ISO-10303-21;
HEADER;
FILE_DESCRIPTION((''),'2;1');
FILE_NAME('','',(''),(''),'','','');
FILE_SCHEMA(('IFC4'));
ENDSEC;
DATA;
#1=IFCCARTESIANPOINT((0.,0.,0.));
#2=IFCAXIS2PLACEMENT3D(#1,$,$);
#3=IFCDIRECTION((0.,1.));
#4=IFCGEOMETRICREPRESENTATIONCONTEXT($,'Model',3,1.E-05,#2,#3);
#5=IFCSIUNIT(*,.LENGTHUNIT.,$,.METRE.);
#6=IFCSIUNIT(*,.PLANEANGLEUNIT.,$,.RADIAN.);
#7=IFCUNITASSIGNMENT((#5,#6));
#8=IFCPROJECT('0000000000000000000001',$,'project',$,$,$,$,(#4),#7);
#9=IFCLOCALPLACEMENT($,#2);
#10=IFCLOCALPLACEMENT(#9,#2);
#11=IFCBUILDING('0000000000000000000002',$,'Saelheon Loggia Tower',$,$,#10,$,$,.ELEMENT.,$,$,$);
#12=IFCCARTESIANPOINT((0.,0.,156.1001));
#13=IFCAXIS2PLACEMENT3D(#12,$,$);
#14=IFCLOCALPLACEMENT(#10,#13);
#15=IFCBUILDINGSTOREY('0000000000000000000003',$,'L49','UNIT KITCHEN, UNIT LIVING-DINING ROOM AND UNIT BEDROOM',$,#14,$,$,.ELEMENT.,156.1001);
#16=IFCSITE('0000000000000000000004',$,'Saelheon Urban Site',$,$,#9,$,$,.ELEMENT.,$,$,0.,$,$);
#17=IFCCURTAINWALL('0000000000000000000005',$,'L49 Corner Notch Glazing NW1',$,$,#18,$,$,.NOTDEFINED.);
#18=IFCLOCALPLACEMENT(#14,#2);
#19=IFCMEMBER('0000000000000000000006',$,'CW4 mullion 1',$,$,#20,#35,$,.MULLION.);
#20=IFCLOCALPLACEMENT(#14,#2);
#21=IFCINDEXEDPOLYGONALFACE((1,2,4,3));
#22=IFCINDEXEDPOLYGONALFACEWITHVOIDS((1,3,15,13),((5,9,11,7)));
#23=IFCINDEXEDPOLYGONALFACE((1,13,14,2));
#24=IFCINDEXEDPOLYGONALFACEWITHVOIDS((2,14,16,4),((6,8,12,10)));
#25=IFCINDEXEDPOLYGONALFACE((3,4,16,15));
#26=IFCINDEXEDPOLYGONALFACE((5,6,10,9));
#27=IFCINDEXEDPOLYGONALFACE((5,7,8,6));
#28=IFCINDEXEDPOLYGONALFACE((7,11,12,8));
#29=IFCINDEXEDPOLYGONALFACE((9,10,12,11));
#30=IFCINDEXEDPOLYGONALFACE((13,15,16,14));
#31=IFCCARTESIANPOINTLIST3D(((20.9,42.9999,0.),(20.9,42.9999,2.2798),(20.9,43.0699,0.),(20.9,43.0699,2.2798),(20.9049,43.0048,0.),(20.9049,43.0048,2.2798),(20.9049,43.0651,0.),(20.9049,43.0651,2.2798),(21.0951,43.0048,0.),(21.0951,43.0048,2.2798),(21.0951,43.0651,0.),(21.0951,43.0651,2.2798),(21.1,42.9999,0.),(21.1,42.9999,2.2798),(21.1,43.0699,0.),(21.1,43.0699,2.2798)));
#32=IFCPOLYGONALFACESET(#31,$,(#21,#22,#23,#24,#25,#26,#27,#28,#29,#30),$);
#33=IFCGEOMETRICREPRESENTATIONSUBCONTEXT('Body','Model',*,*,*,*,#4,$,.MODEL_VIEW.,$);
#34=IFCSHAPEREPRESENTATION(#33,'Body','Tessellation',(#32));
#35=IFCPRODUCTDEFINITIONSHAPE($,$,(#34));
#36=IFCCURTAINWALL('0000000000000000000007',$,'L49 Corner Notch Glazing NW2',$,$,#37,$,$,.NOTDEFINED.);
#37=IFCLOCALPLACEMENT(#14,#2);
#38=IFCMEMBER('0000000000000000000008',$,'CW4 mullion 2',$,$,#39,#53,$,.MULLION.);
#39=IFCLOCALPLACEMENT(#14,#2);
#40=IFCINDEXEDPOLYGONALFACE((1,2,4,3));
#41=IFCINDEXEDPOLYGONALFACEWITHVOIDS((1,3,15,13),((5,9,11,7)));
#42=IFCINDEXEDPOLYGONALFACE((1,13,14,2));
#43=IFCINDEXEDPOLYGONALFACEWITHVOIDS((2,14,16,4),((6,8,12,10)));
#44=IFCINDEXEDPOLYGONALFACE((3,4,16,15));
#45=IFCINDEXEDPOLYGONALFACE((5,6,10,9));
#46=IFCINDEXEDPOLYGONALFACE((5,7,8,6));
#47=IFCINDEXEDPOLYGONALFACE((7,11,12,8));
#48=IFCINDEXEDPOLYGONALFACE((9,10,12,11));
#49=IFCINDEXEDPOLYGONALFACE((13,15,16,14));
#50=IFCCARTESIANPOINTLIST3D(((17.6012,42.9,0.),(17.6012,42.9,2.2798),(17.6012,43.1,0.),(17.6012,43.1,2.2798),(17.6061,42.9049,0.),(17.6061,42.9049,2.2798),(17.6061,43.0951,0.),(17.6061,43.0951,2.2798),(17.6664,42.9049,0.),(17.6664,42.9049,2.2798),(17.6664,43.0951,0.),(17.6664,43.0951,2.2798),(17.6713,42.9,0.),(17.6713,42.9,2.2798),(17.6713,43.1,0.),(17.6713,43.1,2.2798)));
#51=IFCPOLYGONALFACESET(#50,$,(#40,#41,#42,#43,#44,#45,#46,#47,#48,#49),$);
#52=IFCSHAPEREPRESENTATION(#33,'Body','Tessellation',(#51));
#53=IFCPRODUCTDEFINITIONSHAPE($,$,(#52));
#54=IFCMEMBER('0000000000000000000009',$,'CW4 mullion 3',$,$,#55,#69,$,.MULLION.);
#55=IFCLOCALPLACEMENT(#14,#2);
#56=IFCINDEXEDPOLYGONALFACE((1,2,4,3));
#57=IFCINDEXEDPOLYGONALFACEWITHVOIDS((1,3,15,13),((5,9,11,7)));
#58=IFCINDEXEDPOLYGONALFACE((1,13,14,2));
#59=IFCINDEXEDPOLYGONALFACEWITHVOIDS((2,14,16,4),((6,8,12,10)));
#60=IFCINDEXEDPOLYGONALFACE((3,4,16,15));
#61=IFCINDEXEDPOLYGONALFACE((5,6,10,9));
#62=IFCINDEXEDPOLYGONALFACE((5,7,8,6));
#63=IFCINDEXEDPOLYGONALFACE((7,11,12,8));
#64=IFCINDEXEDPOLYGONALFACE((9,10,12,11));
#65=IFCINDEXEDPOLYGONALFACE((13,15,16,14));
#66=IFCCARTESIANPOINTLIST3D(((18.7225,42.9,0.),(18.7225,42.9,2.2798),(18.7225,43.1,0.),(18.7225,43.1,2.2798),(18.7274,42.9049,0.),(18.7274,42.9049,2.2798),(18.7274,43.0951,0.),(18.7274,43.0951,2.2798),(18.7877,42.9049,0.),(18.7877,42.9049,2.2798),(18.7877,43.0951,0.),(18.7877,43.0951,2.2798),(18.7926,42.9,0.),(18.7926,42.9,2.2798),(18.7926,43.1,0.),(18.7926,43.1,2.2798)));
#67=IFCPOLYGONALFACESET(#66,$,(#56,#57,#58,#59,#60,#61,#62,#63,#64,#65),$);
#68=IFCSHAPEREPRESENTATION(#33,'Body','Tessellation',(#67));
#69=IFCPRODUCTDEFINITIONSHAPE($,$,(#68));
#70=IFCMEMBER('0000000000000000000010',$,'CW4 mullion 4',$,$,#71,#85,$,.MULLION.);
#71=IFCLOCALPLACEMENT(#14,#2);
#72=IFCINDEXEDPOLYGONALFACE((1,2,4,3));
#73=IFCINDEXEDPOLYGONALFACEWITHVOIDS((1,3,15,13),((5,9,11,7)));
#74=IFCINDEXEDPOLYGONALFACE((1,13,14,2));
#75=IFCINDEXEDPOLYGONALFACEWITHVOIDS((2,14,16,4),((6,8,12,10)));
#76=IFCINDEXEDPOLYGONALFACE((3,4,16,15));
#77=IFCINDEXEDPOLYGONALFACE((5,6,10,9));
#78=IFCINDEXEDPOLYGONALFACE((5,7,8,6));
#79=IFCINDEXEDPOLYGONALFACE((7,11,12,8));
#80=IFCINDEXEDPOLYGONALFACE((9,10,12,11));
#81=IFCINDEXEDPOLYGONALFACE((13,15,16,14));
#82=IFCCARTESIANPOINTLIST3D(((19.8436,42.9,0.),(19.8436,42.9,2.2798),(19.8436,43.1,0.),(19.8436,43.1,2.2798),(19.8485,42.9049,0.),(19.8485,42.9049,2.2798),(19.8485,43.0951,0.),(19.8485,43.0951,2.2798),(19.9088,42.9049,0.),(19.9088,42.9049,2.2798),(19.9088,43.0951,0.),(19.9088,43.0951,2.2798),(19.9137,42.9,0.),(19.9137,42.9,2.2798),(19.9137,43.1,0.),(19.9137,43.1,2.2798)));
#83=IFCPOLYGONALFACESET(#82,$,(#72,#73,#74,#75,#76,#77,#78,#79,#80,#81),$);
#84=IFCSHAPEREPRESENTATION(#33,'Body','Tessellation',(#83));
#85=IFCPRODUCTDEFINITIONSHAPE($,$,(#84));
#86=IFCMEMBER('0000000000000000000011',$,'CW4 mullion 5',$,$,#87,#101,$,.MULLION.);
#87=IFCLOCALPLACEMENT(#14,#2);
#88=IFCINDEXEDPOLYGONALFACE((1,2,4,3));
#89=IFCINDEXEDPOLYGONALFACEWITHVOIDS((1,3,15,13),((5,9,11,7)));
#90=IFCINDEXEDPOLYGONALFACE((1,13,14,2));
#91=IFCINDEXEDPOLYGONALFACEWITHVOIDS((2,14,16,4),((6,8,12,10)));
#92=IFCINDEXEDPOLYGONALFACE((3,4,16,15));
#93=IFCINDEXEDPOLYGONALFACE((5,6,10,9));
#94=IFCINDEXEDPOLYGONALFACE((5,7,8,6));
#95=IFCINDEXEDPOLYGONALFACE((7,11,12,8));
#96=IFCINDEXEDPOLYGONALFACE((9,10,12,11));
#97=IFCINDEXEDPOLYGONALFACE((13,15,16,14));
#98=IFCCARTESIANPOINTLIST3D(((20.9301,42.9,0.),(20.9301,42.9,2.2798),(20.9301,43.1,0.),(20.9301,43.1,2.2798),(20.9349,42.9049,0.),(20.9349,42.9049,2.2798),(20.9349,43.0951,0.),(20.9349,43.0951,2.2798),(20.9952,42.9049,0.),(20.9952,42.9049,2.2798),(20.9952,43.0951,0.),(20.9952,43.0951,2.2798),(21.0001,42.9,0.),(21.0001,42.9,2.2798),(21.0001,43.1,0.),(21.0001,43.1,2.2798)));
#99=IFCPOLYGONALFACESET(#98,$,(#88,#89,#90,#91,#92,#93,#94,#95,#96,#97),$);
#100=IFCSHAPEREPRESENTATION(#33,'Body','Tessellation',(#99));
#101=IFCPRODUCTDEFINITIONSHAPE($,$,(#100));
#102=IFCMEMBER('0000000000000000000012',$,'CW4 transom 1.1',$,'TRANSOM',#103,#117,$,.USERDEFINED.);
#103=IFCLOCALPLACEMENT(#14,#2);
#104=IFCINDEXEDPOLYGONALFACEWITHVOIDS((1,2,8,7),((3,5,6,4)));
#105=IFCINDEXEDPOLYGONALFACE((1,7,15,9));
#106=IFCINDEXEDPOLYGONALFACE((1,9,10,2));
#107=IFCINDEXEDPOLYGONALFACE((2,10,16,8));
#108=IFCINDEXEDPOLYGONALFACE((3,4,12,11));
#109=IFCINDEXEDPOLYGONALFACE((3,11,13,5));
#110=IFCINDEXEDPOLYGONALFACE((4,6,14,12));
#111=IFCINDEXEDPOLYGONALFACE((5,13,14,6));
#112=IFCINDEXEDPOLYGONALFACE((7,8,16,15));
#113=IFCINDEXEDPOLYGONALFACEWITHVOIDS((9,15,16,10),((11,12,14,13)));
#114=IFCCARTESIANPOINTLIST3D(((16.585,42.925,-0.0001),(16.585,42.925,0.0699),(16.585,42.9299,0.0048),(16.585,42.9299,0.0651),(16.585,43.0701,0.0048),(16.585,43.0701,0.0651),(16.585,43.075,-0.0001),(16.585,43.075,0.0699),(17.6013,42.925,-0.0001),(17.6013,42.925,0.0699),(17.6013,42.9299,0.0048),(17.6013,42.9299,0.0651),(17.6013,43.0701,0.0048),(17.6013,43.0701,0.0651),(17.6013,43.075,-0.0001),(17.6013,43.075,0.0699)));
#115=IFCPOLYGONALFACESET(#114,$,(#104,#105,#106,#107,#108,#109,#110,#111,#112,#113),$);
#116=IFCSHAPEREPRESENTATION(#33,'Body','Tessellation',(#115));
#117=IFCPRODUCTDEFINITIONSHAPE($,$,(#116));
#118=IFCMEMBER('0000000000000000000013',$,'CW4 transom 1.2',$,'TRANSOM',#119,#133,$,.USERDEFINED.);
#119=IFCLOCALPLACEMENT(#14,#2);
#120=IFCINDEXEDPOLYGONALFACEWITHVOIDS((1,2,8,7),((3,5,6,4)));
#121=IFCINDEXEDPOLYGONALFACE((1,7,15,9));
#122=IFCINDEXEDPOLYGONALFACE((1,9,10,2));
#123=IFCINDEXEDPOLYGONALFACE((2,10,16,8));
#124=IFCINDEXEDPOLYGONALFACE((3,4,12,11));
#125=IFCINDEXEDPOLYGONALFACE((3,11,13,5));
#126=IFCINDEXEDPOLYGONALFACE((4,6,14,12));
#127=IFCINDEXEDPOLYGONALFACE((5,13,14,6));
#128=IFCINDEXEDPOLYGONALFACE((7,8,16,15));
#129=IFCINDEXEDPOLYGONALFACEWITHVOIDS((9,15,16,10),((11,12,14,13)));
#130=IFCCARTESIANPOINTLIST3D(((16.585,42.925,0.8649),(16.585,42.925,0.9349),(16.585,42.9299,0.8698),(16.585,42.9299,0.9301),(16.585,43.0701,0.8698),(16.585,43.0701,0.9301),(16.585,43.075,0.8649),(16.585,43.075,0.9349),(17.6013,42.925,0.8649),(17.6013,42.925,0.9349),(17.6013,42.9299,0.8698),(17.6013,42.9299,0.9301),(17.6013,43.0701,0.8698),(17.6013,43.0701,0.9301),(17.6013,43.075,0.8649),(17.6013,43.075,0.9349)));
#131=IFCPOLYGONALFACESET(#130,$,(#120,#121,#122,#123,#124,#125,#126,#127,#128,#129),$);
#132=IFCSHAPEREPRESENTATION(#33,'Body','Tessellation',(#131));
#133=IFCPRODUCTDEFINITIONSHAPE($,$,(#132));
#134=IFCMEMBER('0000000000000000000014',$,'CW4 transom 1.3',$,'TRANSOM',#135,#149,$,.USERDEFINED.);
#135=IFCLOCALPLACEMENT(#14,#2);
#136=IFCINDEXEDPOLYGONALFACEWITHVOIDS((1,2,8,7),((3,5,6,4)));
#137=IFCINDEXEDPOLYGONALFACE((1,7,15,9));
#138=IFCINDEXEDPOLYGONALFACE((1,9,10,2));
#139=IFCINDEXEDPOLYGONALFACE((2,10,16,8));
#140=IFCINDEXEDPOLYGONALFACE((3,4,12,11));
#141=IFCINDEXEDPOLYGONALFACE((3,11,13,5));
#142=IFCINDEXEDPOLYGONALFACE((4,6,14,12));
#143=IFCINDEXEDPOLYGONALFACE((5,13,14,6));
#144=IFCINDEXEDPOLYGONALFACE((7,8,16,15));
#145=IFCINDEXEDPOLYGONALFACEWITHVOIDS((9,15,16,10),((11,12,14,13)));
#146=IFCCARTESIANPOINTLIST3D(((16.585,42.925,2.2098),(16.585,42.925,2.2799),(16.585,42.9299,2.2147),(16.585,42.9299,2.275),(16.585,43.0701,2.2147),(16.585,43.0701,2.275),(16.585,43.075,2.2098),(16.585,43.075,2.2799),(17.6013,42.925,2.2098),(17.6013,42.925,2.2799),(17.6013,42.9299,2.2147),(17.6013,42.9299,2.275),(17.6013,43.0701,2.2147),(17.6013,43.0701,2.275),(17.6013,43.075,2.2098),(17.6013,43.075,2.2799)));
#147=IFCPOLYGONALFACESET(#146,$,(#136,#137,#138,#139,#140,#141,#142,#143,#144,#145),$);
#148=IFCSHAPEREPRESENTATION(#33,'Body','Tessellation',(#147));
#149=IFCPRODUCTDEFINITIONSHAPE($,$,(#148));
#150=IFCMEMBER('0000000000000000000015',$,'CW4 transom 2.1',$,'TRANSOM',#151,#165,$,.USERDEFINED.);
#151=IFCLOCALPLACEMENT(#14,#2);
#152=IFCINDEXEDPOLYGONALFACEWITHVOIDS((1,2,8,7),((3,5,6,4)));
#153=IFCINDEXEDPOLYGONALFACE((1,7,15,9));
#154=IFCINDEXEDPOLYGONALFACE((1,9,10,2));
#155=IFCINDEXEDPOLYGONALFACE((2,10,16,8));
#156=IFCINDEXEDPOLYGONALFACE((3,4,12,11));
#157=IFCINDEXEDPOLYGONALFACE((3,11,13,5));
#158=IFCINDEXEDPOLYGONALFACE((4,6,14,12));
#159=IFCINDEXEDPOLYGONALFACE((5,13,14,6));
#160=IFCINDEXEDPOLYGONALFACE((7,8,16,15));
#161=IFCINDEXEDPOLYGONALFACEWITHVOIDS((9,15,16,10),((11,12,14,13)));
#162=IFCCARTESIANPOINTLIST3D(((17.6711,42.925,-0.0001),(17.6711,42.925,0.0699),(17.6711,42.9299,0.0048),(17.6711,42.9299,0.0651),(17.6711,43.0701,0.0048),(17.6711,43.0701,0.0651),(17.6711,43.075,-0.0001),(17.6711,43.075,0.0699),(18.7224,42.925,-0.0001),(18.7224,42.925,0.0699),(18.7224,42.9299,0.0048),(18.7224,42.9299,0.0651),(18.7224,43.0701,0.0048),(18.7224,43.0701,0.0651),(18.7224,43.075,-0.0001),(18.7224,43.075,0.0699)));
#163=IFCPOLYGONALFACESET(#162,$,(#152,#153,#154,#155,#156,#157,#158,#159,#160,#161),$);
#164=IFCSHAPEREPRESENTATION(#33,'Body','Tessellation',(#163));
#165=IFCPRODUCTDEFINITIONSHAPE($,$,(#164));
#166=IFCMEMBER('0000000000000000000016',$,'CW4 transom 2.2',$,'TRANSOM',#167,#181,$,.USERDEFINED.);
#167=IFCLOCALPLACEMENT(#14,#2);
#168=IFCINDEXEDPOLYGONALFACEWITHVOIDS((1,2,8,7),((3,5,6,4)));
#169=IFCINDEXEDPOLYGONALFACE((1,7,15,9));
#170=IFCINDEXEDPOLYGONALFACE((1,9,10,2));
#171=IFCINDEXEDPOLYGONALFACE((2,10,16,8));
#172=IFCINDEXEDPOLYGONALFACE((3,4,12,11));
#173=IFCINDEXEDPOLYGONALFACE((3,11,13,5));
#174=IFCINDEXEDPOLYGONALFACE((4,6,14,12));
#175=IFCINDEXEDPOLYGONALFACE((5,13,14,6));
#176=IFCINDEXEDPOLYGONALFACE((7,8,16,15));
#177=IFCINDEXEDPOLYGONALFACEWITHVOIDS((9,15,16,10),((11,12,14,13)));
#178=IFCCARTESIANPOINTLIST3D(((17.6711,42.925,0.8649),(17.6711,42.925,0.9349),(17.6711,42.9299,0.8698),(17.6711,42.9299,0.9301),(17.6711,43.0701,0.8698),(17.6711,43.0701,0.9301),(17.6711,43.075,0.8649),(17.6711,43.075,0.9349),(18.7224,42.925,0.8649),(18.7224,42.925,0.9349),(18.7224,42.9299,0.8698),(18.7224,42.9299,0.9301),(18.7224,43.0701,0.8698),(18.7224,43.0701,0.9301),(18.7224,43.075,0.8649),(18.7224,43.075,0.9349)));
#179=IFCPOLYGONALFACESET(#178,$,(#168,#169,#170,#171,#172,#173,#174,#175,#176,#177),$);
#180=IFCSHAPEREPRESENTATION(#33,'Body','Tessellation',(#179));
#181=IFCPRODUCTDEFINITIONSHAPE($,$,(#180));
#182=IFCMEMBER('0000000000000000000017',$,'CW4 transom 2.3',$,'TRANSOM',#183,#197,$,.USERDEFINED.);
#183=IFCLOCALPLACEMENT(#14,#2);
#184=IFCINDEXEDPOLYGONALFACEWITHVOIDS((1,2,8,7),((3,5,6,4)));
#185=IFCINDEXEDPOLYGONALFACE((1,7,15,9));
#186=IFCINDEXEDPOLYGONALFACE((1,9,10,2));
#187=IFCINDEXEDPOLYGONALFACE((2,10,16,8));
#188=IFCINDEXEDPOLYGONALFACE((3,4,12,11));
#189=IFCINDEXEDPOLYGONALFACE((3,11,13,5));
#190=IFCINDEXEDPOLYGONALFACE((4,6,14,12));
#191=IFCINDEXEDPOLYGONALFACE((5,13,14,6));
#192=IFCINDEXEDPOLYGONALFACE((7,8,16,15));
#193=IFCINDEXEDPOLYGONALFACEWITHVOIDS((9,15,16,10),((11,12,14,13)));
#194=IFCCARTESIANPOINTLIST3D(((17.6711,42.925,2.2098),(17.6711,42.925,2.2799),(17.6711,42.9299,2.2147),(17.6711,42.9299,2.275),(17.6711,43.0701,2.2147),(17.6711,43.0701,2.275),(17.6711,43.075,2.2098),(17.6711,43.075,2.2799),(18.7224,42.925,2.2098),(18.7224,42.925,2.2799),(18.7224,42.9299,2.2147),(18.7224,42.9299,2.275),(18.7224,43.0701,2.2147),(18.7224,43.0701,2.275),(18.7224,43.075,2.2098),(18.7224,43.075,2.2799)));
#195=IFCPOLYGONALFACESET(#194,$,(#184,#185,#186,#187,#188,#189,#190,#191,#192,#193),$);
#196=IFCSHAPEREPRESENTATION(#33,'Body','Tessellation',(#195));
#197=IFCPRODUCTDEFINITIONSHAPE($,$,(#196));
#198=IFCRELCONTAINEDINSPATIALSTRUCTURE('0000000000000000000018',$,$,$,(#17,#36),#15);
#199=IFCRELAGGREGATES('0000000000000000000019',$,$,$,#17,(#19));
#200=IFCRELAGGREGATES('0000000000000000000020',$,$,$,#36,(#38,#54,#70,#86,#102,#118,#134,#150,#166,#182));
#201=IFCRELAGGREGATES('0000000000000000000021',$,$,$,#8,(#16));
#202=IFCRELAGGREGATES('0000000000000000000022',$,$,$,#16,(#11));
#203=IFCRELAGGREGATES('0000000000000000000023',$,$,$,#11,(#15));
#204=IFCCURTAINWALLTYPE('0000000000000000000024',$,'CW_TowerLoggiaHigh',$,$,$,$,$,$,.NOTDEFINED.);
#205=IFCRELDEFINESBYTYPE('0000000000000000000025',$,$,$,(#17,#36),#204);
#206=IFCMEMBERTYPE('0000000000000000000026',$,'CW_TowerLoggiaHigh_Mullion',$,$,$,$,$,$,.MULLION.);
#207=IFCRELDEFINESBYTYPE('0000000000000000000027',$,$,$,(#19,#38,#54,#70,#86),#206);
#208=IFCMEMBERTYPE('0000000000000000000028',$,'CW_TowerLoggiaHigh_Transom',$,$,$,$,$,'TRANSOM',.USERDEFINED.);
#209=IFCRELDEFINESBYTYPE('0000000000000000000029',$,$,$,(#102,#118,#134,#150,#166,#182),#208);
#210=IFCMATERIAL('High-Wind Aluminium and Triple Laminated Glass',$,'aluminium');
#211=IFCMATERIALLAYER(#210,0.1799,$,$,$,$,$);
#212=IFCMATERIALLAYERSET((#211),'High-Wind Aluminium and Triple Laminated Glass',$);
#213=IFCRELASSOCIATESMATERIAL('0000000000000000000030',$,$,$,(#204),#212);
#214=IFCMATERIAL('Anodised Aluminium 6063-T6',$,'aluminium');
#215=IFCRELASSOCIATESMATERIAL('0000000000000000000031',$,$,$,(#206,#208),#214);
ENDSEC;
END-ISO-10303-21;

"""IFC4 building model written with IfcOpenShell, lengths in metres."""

from ifc_helpers import new_model, si_unit, direction, frame, origin, origin_2d, place, context, subcontext, project, spatial, hollow_rectangle, extrude, source, transform, mapped, material, layer, layer_set, material_profile, profile_set, type_object, element, aggregate, save


model = new_model("IFC4")

# Units and contexts
model_context = context("Model", 3, precision=1e-05, world=origin(), true_north=direction((0.0, 1.0)))
body_context = subcontext(model_context, "Body", "Model", "MODEL_VIEW")
ifc_project = project(units=[si_unit("LENGTHUNIT", "METRE"), si_unit("PLANEANGLEUNIT", "RADIAN")], contexts=[model_context])

# Site, building, storey
site_placement = place(None, origin())
site = spatial("IfcSite", under=ifc_project, at=site_placement, Name="Saelheon Urban Site", CompositionType="ELEMENT", RefElevation=0.0)
building_placement = place(site_placement, origin())
building = spatial("IfcBuilding", under=site, at=building_placement, Name="Saelheon Loggia Tower", CompositionType="ELEMENT")
storey_placement = place(building_placement, frame((0.0, 0.0, 156.1001)))
storey = spatial("IfcBuildingStorey", under=building, at=storey_placement, Name="L49", Description="UNIT KITCHEN, UNIT LIVING-DINING ROOM AND UNIT BEDROOM", CompositionType="ELEMENT", Elevation=156.1001)

# Curtain wall, member
ifc_material_1 = material(Name="High-Wind Aluminium and Triple Laminated Glass", Category="aluminium")
ifc_layer_1 = layer(ifc_material_1, 0.1799)
ifc_layer_set_1 = layer_set([ifc_layer_1], Name="High-Wind Aluminium and Triple Laminated Glass")
curtain_wall_type = type_object("IfcCurtainWallType", Name="CW_TowerLoggiaHigh", PredefinedType="NOTDEFINED", material=ifc_layer_set_1)
curtain_wall_1_placement = place(storey_placement, origin())
curtain_wall_1 = element("IfcCurtainWall", 1, at=curtain_wall_1_placement, inside=storey, type_object=curtain_wall_type, Name="L49 Corner Notch Glazing NW1", PredefinedType="NOTDEFINED")
ifc_material_2 = material(Name="Anodised Aluminium 6063-T6", Category="aluminium")
ifc_material_profile_1 = material_profile(ifc_material_2, hollow_rectangle(XDim=0.0701, YDim=0.2, WallThickness=0.0049, at=origin_2d()), Name="RHS-200x70x5")
ifc_profile_set_1 = profile_set([ifc_material_profile_1], Name="Anodised Aluminium 6063-T6")
member_type_1 = type_object("IfcMemberType", Name="CW_TowerLoggiaHigh_Mullion", PredefinedType="MULLION", material=ifc_profile_set_1)
shared_shape_1 = source(origin(), body_context, "Body", "SweptSolid", [
    extrude(hollow_rectangle(XDim=0.0701, YDim=0.2, WallThickness=0.0049, at=origin_2d()), origin(), (0.0, 0.0, 1.0), 2.2798),
])
member_1_placement = place(storey_placement, frame((21.0, 43.0349, 0.0), z_axis=(0.0, 0.0, 1.0), x_axis=(0.0, 1.0, 0.0)))
member_1 = element("IfcMember", 2, at=member_1_placement, type_object=member_type_1, Name="CW4 mullion 1", PredefinedType="MULLION", context=body_context, shape_type="MappedRepresentation", body=[
    mapped(shared_shape_1, transform((0.0, 0.0, 0.0), scale=1.0)),
])

# Curtain wall, members
curtain_wall_2_placement = place(storey_placement, origin())
curtain_wall_2 = element("IfcCurtainWall", 3, at=curtain_wall_2_placement, inside=storey, type_object=curtain_wall_type, Name="L49 Corner Notch Glazing NW2", PredefinedType="NOTDEFINED")
member_2_placement = place(storey_placement, frame((17.6362, 43.0, 0.0), z_axis=(0.0, 0.0, 1.0), x_axis=(1.0, 0.0, 0.0)))
member_2 = element("IfcMember", 4, at=member_2_placement, type_object=member_type_1, Name="CW4 mullion 2", PredefinedType="MULLION", context=body_context, shape_type="MappedRepresentation", body=[
    mapped(shared_shape_1, transform((0.0, 0.0, 0.0), scale=1.0)),
])
member_3_placement = place(storey_placement, frame((18.7576, 43.0, 0.0), z_axis=(0.0, 0.0, 1.0), x_axis=(1.0, 0.0, 0.0)))
member_3 = element("IfcMember", 5, at=member_3_placement, type_object=member_type_1, Name="CW4 mullion 3", PredefinedType="MULLION", context=body_context, shape_type="MappedRepresentation", body=[
    mapped(shared_shape_1, transform((0.0, 0.0, 0.0), scale=1.0)),
])
member_4_placement = place(storey_placement, frame((19.8787, 43.0, 0.0), z_axis=(0.0, 0.0, 1.0), x_axis=(1.0, 0.0, 0.0)))
member_4 = element("IfcMember", 6, at=member_4_placement, type_object=member_type_1, Name="CW4 mullion 4", PredefinedType="MULLION", context=body_context, shape_type="MappedRepresentation", body=[
    mapped(shared_shape_1, transform((0.0, 0.0, 0.0), scale=1.0)),
])
member_5_placement = place(storey_placement, frame((20.9651, 43.0, 0.0), z_axis=(0.0, 0.0, 1.0), x_axis=(1.0, 0.0, 0.0)))
member_5 = element("IfcMember", 7, at=member_5_placement, type_object=member_type_1, Name="CW4 mullion 5", PredefinedType="MULLION", context=body_context, shape_type="MappedRepresentation", body=[
    mapped(shared_shape_1, transform((0.0, 0.0, 0.0), scale=1.0)),
])
ifc_material_profile_2 = material_profile(ifc_material_2, hollow_rectangle(XDim=0.0701, YDim=0.1499, WallThickness=0.0049, at=origin_2d()), Name="RHS-150x70x5")
ifc_profile_set_2 = profile_set([ifc_material_profile_2], Name="Anodised Aluminium 6063-T6")
member_type_2 = type_object("IfcMemberType", Name="CW_TowerLoggiaHigh_Transom", ElementType="TRANSOM", PredefinedType="USERDEFINED", material=ifc_profile_set_2)
shared_shape_2 = source(origin(), body_context, "Body", "SweptSolid", [
    extrude(hollow_rectangle(XDim=0.0701, YDim=0.1499, WallThickness=0.0049, at=origin_2d()), origin(), (0.0, 0.0, 1.0), 1.0164),
])
member_6_placement = place(storey_placement, frame((16.585, 43.0, 0.0349), z_axis=(1.0, 0.0, 0.0), x_axis=(0.0, 0.0, 1.0)))
member_6 = element("IfcMember", 8, at=member_6_placement, type_object=member_type_2, Name="CW4 transom 1.1", ObjectType="TRANSOM", PredefinedType="USERDEFINED", context=body_context, shape_type="MappedRepresentation", body=[
    mapped(shared_shape_2, transform((0.0, 0.0, 0.0), scale=1.0)),
])
member_7_placement = place(storey_placement, frame((16.585, 43.0, 0.8999), z_axis=(1.0, 0.0, 0.0), x_axis=(0.0, 0.0, 1.0)))
member_7 = element("IfcMember", 9, at=member_7_placement, type_object=member_type_2, Name="CW4 transom 1.2", ObjectType="TRANSOM", PredefinedType="USERDEFINED", context=body_context, shape_type="MappedRepresentation", body=[
    mapped(shared_shape_2, transform((0.0, 0.0, 0.0), scale=1.0)),
])
member_8_placement = place(storey_placement, frame((16.585, 43.0, 2.2449), z_axis=(1.0, 0.0, 0.0), x_axis=(0.0, 0.0, 1.0)))
member_8 = element("IfcMember", 10, at=member_8_placement, type_object=member_type_2, Name="CW4 transom 1.3", ObjectType="TRANSOM", PredefinedType="USERDEFINED", context=body_context, shape_type="MappedRepresentation", body=[
    mapped(shared_shape_2, transform((0.0, 0.0, 0.0), scale=1.0)),
])
shared_shape_3 = source(origin(), body_context, "Body", "SweptSolid", [
    extrude(hollow_rectangle(XDim=0.0701, YDim=0.1499, WallThickness=0.0049, at=origin_2d()), origin(), (0.0, 0.0, 1.0), 1.0513),
])
member_9_placement = place(storey_placement, frame((17.6711, 43.0, 0.0349), z_axis=(1.0, 0.0, 0.0), x_axis=(0.0, 0.0, 1.0)))
member_9 = element("IfcMember", 11, at=member_9_placement, type_object=member_type_2, Name="CW4 transom 2.1", ObjectType="TRANSOM", PredefinedType="USERDEFINED", context=body_context, shape_type="MappedRepresentation", body=[
    mapped(shared_shape_3, transform((0.0, 0.0, 0.0), scale=1.0)),
])
member_10_placement = place(storey_placement, frame((17.6711, 43.0, 0.8999), z_axis=(1.0, 0.0, 0.0), x_axis=(0.0, 0.0, 1.0)))
member_10 = element("IfcMember", 12, at=member_10_placement, type_object=member_type_2, Name="CW4 transom 2.2", ObjectType="TRANSOM", PredefinedType="USERDEFINED", context=body_context, shape_type="MappedRepresentation", body=[
    mapped(shared_shape_3, transform((0.0, 0.0, 0.0), scale=1.0)),
])
member_11_placement = place(storey_placement, frame((17.6711, 43.0, 2.2449), z_axis=(1.0, 0.0, 0.0), x_axis=(0.0, 0.0, 1.0)))
member_11 = element("IfcMember", 13, at=member_11_placement, type_object=member_type_2, Name="CW4 transom 2.3", ObjectType="TRANSOM", PredefinedType="USERDEFINED", context=body_context, shape_type="MappedRepresentation", body=[
    mapped(shared_shape_3, transform((0.0, 0.0, 0.0), scale=1.0)),
])

aggregate(curtain_wall_1, [member_1])

aggregate(curtain_wall_2, [member_2, member_3, member_4, member_5, member_6, member_7, member_8, member_9, member_10, member_11])

save(model, "model.ifc")
